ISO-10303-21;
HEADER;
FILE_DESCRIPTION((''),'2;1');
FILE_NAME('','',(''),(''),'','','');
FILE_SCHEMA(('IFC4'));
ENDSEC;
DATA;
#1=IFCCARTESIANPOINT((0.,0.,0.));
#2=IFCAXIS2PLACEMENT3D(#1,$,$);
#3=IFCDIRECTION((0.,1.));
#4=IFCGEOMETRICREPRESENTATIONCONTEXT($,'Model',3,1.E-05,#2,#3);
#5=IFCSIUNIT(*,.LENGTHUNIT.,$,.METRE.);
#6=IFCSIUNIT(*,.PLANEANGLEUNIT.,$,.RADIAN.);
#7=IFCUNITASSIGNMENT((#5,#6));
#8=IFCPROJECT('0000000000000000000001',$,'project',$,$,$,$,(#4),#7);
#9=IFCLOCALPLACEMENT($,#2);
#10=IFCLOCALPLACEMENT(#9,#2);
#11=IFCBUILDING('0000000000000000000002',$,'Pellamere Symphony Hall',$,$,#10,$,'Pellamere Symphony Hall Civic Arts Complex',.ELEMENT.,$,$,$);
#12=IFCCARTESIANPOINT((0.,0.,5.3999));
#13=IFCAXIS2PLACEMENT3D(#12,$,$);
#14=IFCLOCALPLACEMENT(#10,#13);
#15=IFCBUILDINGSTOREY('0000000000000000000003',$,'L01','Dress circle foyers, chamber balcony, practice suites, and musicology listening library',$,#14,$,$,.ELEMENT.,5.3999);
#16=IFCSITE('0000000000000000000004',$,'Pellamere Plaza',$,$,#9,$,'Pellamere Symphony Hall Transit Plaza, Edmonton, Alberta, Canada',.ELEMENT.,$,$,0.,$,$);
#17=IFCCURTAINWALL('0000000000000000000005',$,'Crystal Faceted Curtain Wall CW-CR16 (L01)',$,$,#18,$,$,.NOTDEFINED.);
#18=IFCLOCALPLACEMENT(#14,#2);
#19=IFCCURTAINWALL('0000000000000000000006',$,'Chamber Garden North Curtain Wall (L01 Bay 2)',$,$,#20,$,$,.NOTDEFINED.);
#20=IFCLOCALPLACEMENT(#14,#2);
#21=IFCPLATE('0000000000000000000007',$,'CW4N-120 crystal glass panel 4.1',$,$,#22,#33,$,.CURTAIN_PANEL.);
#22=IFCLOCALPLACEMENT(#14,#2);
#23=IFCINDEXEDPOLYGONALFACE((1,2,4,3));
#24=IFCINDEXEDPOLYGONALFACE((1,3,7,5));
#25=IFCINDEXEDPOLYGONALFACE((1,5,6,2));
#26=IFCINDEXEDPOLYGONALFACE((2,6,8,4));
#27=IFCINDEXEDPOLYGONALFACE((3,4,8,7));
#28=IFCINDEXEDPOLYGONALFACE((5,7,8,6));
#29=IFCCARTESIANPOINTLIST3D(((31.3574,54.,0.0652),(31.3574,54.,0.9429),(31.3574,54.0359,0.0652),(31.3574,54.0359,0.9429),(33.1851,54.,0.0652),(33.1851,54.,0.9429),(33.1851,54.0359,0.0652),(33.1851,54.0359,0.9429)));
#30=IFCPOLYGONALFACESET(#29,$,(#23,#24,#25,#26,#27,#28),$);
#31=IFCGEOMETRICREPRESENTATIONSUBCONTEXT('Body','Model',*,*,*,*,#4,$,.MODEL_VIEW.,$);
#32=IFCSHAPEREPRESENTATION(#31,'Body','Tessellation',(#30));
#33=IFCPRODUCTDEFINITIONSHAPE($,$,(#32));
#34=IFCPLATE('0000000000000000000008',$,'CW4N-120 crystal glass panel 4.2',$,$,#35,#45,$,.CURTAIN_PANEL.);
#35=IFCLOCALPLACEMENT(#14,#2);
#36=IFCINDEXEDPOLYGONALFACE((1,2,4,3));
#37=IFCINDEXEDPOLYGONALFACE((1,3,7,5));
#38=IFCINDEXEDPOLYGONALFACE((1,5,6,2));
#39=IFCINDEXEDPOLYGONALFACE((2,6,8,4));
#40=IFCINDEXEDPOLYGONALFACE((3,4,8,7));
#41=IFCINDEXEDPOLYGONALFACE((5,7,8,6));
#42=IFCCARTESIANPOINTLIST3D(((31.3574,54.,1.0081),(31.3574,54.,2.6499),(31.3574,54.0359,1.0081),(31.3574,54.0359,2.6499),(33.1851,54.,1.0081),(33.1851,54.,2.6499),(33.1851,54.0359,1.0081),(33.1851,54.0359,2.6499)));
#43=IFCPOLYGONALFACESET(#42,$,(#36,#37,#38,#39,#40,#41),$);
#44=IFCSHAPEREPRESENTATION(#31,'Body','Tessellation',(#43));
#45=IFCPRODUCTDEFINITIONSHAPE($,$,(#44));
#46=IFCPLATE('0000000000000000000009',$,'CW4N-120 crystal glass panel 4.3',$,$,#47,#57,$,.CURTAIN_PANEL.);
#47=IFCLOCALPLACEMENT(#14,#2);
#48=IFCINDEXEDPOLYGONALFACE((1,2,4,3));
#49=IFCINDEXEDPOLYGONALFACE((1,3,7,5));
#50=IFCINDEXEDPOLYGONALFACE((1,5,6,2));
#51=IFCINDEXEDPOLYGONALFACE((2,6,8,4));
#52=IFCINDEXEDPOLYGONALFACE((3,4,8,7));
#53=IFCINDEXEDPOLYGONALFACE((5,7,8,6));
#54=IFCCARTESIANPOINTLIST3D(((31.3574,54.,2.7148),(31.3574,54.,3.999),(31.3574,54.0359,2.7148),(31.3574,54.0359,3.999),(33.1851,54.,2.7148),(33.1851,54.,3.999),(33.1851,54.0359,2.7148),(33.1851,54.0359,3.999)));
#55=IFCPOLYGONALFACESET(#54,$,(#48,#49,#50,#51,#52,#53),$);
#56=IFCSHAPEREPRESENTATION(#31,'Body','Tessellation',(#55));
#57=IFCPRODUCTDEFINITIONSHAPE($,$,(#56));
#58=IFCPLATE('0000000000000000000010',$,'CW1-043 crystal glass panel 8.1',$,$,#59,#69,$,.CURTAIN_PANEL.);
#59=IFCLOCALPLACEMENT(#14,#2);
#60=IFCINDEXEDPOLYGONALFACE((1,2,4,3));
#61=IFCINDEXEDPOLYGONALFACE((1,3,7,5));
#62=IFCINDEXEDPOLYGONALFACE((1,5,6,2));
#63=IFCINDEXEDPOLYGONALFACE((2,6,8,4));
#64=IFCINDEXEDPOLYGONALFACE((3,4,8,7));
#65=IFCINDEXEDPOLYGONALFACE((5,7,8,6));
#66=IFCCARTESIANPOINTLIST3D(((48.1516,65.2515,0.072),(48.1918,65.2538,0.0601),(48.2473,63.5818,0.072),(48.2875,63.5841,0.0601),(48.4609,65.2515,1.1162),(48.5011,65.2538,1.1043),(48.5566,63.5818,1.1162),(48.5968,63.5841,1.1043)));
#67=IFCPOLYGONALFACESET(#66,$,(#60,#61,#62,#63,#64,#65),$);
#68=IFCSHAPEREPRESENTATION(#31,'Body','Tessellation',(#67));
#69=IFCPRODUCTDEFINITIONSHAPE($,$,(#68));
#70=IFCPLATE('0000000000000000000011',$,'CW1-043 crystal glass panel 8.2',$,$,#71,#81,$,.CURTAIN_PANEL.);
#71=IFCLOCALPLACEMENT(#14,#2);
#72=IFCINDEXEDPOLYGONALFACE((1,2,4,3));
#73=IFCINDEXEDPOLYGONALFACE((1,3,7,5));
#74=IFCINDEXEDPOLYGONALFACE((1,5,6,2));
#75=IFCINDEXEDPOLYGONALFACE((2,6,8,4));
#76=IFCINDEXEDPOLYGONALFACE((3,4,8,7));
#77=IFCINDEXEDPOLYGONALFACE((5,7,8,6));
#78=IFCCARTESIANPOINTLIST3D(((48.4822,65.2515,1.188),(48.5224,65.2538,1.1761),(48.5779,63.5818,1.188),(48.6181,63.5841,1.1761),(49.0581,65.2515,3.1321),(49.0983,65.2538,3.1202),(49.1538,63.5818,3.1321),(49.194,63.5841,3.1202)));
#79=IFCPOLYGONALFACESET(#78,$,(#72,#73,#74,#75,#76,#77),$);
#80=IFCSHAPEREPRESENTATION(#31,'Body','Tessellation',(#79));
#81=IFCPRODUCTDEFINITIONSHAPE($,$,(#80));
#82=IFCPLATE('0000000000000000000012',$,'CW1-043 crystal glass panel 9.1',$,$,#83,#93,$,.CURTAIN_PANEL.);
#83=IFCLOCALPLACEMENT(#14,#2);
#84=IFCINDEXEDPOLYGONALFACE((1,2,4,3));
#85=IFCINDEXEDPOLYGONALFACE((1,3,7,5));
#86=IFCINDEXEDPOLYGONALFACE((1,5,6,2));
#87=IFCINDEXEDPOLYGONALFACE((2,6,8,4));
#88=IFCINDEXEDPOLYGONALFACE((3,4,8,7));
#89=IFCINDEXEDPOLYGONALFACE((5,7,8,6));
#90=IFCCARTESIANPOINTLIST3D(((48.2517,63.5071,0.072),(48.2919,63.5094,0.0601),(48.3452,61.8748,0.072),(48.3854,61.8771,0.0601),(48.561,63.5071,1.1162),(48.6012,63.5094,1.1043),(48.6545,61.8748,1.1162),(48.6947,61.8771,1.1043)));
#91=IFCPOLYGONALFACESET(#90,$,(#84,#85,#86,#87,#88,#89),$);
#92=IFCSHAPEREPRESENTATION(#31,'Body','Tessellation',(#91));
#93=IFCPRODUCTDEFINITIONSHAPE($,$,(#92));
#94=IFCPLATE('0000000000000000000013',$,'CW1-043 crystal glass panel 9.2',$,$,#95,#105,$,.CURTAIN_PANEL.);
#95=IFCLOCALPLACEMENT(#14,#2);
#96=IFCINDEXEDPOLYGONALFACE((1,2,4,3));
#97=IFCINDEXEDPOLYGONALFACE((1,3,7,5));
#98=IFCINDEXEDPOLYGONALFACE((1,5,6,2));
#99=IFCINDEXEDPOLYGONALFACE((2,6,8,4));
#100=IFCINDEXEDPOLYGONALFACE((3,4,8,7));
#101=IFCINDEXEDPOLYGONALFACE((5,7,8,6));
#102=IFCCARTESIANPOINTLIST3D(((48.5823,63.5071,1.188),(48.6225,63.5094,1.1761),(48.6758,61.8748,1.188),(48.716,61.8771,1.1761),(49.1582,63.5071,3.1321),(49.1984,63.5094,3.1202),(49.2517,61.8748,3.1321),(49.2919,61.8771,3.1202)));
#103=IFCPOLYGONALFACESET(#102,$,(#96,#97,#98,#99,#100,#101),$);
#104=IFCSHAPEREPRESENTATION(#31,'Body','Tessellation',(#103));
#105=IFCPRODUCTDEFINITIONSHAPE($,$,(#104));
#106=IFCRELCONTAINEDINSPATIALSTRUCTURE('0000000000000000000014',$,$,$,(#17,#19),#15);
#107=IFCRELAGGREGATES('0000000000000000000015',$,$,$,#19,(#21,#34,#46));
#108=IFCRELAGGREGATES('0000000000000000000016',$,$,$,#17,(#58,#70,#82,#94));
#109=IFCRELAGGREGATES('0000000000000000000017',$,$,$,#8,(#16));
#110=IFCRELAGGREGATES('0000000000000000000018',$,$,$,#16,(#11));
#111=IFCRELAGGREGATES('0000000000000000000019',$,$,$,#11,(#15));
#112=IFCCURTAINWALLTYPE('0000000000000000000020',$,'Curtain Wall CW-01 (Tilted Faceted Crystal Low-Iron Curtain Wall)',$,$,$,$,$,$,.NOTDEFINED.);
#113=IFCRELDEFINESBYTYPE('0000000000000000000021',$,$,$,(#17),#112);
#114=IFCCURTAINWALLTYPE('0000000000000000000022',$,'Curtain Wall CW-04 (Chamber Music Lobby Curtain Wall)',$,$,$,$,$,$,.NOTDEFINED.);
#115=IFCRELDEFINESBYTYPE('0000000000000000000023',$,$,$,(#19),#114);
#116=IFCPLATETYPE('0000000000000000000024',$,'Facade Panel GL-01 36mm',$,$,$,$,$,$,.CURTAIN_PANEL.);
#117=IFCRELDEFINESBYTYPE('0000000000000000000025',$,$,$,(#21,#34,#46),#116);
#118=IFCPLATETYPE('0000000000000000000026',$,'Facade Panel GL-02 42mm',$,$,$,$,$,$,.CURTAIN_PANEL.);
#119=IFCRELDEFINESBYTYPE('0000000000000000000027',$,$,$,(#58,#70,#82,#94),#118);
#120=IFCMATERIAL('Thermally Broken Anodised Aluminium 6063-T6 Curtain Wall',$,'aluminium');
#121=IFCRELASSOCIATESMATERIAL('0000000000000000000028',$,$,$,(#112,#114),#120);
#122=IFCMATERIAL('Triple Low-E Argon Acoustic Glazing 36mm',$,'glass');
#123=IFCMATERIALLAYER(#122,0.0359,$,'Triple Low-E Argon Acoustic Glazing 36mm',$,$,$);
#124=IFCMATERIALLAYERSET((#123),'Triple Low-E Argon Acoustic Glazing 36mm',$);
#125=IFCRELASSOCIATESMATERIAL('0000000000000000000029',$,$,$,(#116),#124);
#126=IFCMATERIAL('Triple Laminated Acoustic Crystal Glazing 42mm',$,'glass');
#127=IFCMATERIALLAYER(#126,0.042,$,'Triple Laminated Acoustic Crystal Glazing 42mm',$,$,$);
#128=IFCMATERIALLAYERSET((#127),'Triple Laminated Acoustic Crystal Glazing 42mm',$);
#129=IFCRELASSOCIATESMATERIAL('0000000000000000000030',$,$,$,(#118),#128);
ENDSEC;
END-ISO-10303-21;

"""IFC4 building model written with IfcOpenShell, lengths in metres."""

from ifc_helpers import new_model, si_unit, direction, frame, origin, place, context, subcontext, project, spatial, polyline, outline, extrude, material, layer, layer_set, type_object, element, aggregate, save


model = new_model("IFC4")

# Units and contexts
model_context = context("Model", 3, precision=1e-05, world=origin(), true_north=direction((0.0, 1.0)))
body_context = subcontext(model_context, "Body", "Model", "MODEL_VIEW")
ifc_project = project(units=[si_unit("LENGTHUNIT", "METRE"), si_unit("PLANEANGLEUNIT", "RADIAN")], contexts=[model_context])

# Site, building, storey
site_placement = place(None, origin())
site = spatial("IfcSite", under=ifc_project, at=site_placement, Name="Pellamere Plaza", LongName="Pellamere Symphony Hall Transit Plaza, Edmonton, Alberta, Canada", CompositionType="ELEMENT", RefElevation=0.0)
building_placement = place(site_placement, origin())
building = spatial("IfcBuilding", under=site, at=building_placement, Name="Pellamere Symphony Hall", LongName="Pellamere Symphony Hall Civic Arts Complex", CompositionType="ELEMENT")
storey_placement = place(building_placement, frame((0.0, 0.0, 5.3999)))
storey = spatial("IfcBuildingStorey", under=building, at=storey_placement, Name="L01", Description="Dress circle foyers, chamber balcony, practice suites, and musicology listening library", CompositionType="ELEMENT", Elevation=5.3999)

# Curtain walls
ifc_material_1 = material(Name="Thermally Broken Anodised Aluminium 6063-T6 Curtain Wall", Category="aluminium")
curtain_wall_type_1 = type_object("IfcCurtainWallType", Name="Curtain Wall CW-01 (Tilted Faceted Crystal Low-Iron Curtain Wall)", PredefinedType="NOTDEFINED", material=ifc_material_1)
curtain_wall_1_placement = place(storey_placement, origin())
curtain_wall_1 = element("IfcCurtainWall", 1, at=curtain_wall_1_placement, inside=storey, type_object=curtain_wall_type_1, Name="Crystal Faceted Curtain Wall CW-CR16 (L01)", PredefinedType="NOTDEFINED")
curtain_wall_type_2 = type_object("IfcCurtainWallType", Name="Curtain Wall CW-04 (Chamber Music Lobby Curtain Wall)", PredefinedType="NOTDEFINED", material=ifc_material_1)
curtain_wall_2_placement = place(storey_placement, origin())
curtain_wall_2 = element("IfcCurtainWall", 2, at=curtain_wall_2_placement, inside=storey, type_object=curtain_wall_type_2, Name="Chamber Garden North Curtain Wall (L01 Bay 2)", PredefinedType="NOTDEFINED")

# Plates
ifc_material_2 = material(Name="Triple Low-E Argon Acoustic Glazing 36mm", Category="glass")
ifc_layer_1 = layer(ifc_material_2, 0.0359, Name="Triple Low-E Argon Acoustic Glazing 36mm")
ifc_layer_set_1 = layer_set([ifc_layer_1], Name="Triple Low-E Argon Acoustic Glazing 36mm")
plate_type_1 = type_object("IfcPlateType", Name="Facade Panel GL-01 36mm", PredefinedType="CURTAIN_PANEL", material=ifc_layer_set_1)
plate_1_placement = place(storey_placement, frame((31.3574, 54.0, 0.0652), z_axis=(0.0, -1.0, 0.0), x_axis=(1.0, 0.0, 0.0)))
plate_1 = element("IfcPlate", 3, at=plate_1_placement, type_object=plate_type_1, Name="CW4N-120 crystal glass panel 4.1", PredefinedType="CURTAIN_PANEL", context=body_context, shape_type="SweptSolid", body=[
    extrude(outline(polyline([(0.0, 0.0), (1.8276, 0.0), (1.8276, 0.8777), (0.0, 0.8777), (0.0, 0.0)])), origin(), (0.0, 0.0, -1.0), 0.0359),
])
plate_2_placement = place(storey_placement, frame((31.3574, 54.0, 1.0081), z_axis=(0.0, -1.0, 0.0), x_axis=(1.0, 0.0, 0.0)))
plate_2 = element("IfcPlate", 4, at=plate_2_placement, type_object=plate_type_1, Name="CW4N-120 crystal glass panel 4.2", PredefinedType="CURTAIN_PANEL", context=body_context, shape_type="SweptSolid", body=[
    extrude(outline(polyline([(0.0, 0.0), (1.8276, 0.0), (1.8276, 1.6418), (0.0, 1.6418), (0.0, 0.0)])), origin(), (0.0, 0.0, -1.0), 0.0359),
])
plate_3_placement = place(storey_placement, frame((31.3574, 54.0, 2.7148), z_axis=(0.0, -1.0, 0.0), x_axis=(1.0, 0.0, 0.0)))
plate_3 = element("IfcPlate", 5, at=plate_3_placement, type_object=plate_type_1, Name="CW4N-120 crystal glass panel 4.3", PredefinedType="CURTAIN_PANEL", context=body_context, shape_type="SweptSolid", body=[
    extrude(outline(polyline([(0.0, 0.0), (1.8276, 0.0), (1.8276, 1.2842), (0.0, 1.2842), (0.0, 0.0)])), origin(), (0.0, 0.0, -1.0), 0.0359),
])
aggregate(curtain_wall_2, [plate_1, plate_2, plate_3])
ifc_material_3 = material(Name="Triple Laminated Acoustic Crystal Glazing 42mm", Category="glass")
ifc_layer_2 = layer(ifc_material_3, 0.042, Name="Triple Laminated Acoustic Crystal Glazing 42mm")
ifc_layer_set_2 = layer_set([ifc_layer_2], Name="Triple Laminated Acoustic Crystal Glazing 42mm")
plate_type_2 = type_object("IfcPlateType", Name="Facade Panel GL-02 42mm", PredefinedType="CURTAIN_PANEL", material=ifc_layer_set_2)
plate_4_placement = place(storey_placement, frame((48.1516, 65.2515, 0.072), z_axis=(-0.957369, -0.054875, 0.283607), x_axis=(0.057224, -0.998361, 0.0)))
plate_4 = element("IfcPlate", 6, at=plate_4_placement, type_object=plate_type_2, Name="CW1-043 crystal glass panel 8.1", PredefinedType="CURTAIN_PANEL", context=body_context, shape_type="SweptSolid", body=[
    extrude(outline(polyline([(0.0, 0.0), (1.6724, 0.0), (1.6901, 1.0889), (0.0177, 1.0889), (0.0, 0.0)])), origin(), (0.0, 0.0, -1.0), 0.042),
])
plate_5_placement = place(storey_placement, frame((48.4822, 65.2515, 1.188), z_axis=(-0.957367, -0.054875, 0.283615), x_axis=(0.057224, -0.998361, 0.0)))
plate_5 = element("IfcPlate", 7, at=plate_5_placement, type_object=plate_type_2, Name="CW1-043 crystal glass panel 8.2", PredefinedType="CURTAIN_PANEL", context=body_context, shape_type="SweptSolid", body=[
    extrude(outline(polyline([(0.0, 0.0), (1.6724, 0.0), (1.7054, 2.0273), (0.033, 2.0273), (0.0, 0.0)])), origin(), (0.0, 0.0, -1.0), 0.042),
])
plate_6_placement = place(storey_placement, frame((48.2517, 63.5071, 0.072), z_axis=(-0.957371, -0.054842, 0.283607), x_axis=(0.05719, -0.998363, 0.0)))
plate_6 = element("IfcPlate", 8, at=plate_6_placement, type_object=plate_type_2, Name="CW1-043 crystal glass panel 9.1", PredefinedType="CURTAIN_PANEL", context=body_context, shape_type="SweptSolid", body=[
    extrude(outline(polyline([(0.0, 0.0), (1.635, 0.0), (1.6527, 1.0889), (0.0177, 1.0889), (0.0, 0.0)])), origin(), (0.0, 0.0, -1.0), 0.042),
])
plate_7_placement = place(storey_placement, frame((48.5823, 63.5071, 1.188), z_axis=(-0.957369, -0.054842, 0.283616), x_axis=(0.05719, -0.998363, 0.0)))
plate_7 = element("IfcPlate", 9, at=plate_7_placement, type_object=plate_type_2, Name="CW1-043 crystal glass panel 9.2", PredefinedType="CURTAIN_PANEL", context=body_context, shape_type="SweptSolid", body=[
    extrude(outline(polyline([(0.0, 0.0), (1.635, 0.0), (1.6679, 2.0273), (0.0329, 2.0273), (0.0, 0.0)])), origin(), (0.0, 0.0, -1.0), 0.042),
])
aggregate(curtain_wall_1, [plate_4, plate_5, plate_6, plate_7])

save(model, "model.ifc")
